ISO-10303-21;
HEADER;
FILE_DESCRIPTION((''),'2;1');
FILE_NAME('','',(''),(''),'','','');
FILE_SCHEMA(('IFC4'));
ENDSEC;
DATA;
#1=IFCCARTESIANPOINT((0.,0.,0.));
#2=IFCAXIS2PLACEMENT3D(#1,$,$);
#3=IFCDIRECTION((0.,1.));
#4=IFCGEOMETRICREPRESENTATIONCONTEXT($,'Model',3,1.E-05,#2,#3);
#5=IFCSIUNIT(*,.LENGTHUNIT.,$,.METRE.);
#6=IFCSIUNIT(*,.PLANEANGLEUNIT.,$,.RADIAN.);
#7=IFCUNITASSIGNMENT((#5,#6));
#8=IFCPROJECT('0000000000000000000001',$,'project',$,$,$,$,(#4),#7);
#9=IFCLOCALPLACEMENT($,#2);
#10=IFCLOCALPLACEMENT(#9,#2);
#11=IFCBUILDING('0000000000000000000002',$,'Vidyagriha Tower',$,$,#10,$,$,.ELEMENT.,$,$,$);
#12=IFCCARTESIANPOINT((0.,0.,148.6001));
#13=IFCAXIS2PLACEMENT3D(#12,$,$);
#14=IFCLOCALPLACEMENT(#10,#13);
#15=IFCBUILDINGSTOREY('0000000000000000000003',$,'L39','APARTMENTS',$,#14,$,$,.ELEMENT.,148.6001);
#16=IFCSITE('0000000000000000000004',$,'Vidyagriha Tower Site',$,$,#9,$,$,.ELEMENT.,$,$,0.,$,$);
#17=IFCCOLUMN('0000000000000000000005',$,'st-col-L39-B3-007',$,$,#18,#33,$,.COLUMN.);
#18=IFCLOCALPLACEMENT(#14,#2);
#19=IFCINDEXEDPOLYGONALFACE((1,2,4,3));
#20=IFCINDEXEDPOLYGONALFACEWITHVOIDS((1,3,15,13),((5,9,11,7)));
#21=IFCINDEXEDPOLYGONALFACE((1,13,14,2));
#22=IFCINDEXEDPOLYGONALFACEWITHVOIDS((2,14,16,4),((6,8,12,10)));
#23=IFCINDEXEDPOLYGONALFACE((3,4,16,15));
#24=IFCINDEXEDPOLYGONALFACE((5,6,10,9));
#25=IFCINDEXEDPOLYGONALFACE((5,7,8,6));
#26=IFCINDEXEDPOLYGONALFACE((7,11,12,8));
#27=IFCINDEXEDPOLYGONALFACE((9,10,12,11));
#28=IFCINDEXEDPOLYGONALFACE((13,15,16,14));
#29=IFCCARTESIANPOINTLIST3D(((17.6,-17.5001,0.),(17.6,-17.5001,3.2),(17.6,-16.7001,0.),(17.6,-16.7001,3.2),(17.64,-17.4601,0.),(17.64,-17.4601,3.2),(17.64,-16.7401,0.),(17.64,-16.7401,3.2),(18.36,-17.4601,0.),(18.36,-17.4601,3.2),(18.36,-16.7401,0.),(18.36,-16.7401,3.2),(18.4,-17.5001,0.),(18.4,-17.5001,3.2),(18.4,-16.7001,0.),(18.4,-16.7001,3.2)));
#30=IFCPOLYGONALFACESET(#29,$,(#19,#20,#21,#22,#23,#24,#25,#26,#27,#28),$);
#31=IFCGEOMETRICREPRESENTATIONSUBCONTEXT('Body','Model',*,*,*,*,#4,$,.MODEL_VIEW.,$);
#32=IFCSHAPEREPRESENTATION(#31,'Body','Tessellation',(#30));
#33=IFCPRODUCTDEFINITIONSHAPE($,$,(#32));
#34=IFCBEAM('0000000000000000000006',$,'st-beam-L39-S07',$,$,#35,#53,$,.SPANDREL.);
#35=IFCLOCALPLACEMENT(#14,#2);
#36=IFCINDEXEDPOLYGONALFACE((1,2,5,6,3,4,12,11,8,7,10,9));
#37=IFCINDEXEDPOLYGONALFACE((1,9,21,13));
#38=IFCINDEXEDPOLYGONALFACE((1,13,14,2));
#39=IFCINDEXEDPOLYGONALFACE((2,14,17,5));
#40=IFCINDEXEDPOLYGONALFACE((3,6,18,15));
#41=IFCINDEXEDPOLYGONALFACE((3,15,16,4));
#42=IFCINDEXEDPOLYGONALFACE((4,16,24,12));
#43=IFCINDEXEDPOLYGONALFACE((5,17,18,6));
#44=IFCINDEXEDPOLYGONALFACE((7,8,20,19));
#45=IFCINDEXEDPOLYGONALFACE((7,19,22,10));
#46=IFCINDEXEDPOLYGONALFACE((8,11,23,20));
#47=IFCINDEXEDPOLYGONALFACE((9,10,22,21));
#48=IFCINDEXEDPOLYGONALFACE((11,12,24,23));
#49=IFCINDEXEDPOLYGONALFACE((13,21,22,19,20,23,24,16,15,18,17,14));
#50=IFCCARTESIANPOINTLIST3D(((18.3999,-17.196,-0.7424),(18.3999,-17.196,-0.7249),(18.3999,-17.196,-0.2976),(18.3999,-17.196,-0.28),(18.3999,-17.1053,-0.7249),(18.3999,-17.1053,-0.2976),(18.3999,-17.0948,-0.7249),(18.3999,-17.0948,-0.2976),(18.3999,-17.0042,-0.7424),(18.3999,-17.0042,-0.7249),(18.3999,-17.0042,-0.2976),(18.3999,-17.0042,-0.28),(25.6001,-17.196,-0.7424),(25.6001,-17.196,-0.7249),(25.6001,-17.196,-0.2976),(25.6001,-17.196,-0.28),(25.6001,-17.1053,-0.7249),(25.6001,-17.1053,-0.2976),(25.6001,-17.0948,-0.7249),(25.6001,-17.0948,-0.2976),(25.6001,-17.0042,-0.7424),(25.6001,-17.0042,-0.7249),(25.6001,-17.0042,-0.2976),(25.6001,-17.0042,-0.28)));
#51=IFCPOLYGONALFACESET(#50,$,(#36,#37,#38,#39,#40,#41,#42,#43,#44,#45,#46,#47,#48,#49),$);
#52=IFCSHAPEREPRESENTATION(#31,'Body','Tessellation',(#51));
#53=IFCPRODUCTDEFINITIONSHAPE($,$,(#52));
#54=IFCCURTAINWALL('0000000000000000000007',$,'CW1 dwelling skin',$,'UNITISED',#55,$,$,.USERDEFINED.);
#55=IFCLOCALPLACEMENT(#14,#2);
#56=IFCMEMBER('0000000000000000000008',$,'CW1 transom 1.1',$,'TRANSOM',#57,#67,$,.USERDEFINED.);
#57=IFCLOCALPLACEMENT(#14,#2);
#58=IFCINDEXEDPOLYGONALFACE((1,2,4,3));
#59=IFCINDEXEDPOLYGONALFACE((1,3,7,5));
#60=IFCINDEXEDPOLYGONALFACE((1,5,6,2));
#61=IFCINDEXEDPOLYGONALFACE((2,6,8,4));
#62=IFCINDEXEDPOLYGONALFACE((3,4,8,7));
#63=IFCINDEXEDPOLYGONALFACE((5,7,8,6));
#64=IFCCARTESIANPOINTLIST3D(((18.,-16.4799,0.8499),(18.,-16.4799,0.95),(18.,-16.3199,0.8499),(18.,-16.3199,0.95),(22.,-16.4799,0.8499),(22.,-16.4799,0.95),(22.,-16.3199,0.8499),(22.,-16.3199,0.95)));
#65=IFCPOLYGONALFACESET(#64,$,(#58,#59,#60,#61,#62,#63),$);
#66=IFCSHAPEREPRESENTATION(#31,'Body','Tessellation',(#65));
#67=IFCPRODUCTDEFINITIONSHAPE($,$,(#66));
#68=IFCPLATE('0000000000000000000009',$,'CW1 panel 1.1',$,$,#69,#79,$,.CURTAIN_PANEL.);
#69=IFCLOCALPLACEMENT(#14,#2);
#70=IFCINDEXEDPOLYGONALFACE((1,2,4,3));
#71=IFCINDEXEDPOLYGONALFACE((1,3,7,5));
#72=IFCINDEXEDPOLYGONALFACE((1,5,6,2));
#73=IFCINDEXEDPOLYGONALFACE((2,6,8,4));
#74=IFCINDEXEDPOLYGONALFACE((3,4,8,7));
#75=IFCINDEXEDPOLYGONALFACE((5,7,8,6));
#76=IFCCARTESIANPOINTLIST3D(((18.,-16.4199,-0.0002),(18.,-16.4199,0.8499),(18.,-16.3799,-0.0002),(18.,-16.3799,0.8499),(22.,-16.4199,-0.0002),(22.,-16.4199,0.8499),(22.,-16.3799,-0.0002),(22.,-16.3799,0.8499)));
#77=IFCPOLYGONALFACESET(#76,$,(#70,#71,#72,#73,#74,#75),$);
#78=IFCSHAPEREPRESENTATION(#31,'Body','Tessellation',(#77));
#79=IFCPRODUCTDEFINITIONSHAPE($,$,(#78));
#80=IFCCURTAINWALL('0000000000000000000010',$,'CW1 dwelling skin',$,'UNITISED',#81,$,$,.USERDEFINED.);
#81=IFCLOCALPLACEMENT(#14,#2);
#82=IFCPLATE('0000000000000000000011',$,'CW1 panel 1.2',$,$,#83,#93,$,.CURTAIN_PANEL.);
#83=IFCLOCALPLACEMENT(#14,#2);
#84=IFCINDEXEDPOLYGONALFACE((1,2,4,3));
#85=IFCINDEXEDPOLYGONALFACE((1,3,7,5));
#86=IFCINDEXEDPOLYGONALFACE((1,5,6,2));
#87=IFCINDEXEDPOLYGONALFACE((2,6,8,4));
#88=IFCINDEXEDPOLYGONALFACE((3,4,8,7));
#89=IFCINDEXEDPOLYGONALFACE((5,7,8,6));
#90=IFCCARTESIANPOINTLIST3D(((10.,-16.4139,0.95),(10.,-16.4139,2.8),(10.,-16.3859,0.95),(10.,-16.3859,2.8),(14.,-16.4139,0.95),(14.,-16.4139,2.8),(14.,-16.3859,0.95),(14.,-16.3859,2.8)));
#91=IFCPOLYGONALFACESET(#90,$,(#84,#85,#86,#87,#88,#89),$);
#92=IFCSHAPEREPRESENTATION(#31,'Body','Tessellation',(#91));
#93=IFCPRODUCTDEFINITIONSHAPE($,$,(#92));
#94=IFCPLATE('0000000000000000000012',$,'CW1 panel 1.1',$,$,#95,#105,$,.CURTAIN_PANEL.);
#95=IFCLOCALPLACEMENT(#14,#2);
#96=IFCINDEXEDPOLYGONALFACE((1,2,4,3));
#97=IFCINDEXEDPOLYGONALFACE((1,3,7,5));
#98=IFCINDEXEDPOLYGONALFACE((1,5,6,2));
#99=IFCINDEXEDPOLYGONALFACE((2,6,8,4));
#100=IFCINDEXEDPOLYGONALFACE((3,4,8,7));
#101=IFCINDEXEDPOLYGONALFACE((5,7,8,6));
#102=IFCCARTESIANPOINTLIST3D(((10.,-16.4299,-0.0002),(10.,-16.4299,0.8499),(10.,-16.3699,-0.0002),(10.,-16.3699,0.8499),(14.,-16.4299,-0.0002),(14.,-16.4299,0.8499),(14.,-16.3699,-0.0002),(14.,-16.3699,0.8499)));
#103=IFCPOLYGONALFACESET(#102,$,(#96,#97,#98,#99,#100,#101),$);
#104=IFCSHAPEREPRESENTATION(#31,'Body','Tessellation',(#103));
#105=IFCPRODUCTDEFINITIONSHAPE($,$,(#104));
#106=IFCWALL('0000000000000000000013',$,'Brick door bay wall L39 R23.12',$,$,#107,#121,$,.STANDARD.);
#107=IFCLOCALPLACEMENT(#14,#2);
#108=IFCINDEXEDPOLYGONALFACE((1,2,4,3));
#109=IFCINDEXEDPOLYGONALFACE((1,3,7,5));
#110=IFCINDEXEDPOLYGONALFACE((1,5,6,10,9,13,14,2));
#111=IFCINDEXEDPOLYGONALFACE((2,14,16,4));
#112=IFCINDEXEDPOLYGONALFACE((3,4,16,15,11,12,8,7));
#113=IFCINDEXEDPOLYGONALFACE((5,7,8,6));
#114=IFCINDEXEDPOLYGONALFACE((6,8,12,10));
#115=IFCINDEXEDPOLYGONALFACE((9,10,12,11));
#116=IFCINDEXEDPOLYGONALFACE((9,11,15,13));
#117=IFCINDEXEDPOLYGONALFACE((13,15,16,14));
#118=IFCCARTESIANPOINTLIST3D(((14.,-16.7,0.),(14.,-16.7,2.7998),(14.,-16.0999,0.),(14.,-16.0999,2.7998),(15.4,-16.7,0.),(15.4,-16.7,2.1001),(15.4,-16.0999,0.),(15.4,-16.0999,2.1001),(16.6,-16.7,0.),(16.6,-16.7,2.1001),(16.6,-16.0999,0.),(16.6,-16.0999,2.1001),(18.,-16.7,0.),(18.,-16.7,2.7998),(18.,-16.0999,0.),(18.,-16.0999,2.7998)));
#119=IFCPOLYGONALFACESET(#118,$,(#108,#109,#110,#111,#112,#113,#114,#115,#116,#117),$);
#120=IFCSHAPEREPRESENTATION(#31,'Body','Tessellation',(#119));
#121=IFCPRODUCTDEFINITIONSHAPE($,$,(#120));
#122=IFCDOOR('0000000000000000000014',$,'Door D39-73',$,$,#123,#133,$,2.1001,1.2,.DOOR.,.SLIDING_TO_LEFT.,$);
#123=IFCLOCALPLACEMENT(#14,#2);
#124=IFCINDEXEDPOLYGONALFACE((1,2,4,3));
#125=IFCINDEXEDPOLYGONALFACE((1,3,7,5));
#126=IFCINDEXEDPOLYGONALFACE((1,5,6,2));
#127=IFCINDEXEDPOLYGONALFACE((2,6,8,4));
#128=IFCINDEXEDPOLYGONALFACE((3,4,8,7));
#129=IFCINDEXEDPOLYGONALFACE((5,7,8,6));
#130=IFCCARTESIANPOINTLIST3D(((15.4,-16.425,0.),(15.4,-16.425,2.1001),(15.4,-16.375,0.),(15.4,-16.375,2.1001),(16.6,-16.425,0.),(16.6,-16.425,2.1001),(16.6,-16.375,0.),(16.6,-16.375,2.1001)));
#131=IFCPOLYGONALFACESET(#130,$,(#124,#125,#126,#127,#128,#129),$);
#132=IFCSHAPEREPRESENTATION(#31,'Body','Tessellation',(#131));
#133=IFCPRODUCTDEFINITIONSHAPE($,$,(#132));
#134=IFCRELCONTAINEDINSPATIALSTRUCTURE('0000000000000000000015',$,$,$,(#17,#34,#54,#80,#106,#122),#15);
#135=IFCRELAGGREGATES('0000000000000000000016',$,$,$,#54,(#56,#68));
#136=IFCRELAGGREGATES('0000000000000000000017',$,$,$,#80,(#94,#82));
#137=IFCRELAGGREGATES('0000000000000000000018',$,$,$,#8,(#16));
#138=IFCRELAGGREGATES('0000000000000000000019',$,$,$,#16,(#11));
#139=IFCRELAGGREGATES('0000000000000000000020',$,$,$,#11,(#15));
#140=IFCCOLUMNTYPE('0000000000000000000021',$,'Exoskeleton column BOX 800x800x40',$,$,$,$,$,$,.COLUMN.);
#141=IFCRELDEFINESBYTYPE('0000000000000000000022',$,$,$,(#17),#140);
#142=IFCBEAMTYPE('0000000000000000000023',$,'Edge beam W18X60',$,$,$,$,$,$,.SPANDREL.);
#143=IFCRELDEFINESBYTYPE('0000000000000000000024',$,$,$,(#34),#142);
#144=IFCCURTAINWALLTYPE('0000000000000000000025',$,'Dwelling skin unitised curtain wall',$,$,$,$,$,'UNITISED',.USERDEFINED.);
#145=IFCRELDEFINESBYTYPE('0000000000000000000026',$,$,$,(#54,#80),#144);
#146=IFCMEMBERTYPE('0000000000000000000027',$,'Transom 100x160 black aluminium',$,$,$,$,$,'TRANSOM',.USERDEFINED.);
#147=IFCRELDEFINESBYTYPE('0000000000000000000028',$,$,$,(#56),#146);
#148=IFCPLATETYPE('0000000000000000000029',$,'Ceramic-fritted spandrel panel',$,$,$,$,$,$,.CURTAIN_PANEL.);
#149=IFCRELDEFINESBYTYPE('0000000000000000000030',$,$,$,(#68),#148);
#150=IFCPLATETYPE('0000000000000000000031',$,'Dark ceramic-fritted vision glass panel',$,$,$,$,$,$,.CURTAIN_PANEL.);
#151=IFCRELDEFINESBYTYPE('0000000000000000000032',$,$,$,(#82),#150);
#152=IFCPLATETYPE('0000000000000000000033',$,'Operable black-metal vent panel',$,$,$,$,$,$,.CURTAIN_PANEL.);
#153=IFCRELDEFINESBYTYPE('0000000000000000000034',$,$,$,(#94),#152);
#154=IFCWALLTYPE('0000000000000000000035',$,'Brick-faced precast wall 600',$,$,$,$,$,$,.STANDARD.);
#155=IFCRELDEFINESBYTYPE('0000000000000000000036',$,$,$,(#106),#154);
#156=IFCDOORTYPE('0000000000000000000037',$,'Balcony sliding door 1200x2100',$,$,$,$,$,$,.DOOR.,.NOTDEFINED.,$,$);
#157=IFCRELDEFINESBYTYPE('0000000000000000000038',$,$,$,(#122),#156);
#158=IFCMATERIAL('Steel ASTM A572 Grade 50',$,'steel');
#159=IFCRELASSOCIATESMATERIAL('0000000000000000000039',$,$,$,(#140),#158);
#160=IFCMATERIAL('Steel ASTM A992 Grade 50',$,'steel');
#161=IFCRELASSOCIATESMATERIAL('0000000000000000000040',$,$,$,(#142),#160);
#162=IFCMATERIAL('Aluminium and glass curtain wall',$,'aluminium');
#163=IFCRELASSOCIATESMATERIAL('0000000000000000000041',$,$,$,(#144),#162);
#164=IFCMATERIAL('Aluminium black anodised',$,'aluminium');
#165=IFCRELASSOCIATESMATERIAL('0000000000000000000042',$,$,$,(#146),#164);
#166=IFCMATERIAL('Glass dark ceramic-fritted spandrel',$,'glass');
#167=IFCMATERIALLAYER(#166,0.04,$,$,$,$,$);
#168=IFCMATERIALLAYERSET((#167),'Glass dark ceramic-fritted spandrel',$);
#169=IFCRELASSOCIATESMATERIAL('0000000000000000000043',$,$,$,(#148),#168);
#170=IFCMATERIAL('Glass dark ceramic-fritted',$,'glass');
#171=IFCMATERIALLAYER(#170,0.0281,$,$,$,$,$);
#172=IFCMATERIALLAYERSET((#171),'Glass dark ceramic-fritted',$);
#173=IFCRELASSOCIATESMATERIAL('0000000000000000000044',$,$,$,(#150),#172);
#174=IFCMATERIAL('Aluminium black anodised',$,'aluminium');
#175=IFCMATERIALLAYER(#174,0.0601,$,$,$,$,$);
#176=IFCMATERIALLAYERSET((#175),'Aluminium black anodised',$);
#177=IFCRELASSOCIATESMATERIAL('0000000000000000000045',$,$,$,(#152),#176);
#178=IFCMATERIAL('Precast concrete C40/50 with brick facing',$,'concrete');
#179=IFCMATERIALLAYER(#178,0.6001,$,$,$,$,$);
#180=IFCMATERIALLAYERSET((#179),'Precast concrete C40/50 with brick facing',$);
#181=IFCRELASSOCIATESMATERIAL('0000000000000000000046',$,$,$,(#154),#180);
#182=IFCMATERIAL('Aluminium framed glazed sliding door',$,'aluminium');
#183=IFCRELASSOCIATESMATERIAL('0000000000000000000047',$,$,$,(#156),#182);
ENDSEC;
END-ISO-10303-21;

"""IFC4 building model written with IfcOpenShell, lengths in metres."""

from ifc_helpers import new_model, si_unit, direction, frame, frame_2d, origin, origin_2d, place, context, subcontext, project, spatial, rectangle, hollow_rectangle, i_section, extrude, material, layer, layer_set, material_profile, profile_set, type_object, element, fill, aggregate, save


model = new_model("IFC4")

# Units and contexts
model_context = context("Model", 3, precision=1e-05, world=origin(), true_north=direction((0.0, 1.0)))
body_context = subcontext(model_context, "Body", "Model", "MODEL_VIEW")
ifc_project = project(units=[si_unit("LENGTHUNIT", "METRE"), si_unit("PLANEANGLEUNIT", "RADIAN")], contexts=[model_context])

# Site, building, storey
site_placement = place(None, origin())
site = spatial("IfcSite", under=ifc_project, at=site_placement, Name="Vidyagriha Tower Site", CompositionType="ELEMENT", RefElevation=0.0)
building_placement = place(site_placement, origin())
building = spatial("IfcBuilding", under=site, at=building_placement, Name="Vidyagriha Tower", CompositionType="ELEMENT")
storey_placement = place(building_placement, frame((0.0, 0.0, 148.6001)))
storey = spatial("IfcBuildingStorey", under=building, at=storey_placement, Name="L39", Description="APARTMENTS", CompositionType="ELEMENT", Elevation=148.6001)

# Column
ifc_material_1 = material(Name="Steel ASTM A572 Grade 50", Category="steel")
ifc_material_profile_1 = material_profile(ifc_material_1, hollow_rectangle(XDim=0.8, YDim=0.8, WallThickness=0.04, at=origin_2d()), Name="BOX 800x800x40")
ifc_profile_set_1 = profile_set([ifc_material_profile_1], Name="Steel ASTM A572 Grade 50")
column_type = type_object("IfcColumnType", Name="Exoskeleton column BOX 800x800x40", PredefinedType="COLUMN", material=ifc_profile_set_1)
column_placement = place(storey_placement, frame((18.0, -17.1001, 0.0)))
element("IfcColumn", 1, at=column_placement, inside=storey, type_object=column_type, Name="st-col-L39-B3-007", PredefinedType="COLUMN", context=body_context, shape_type="SweptSolid", body=[
    extrude(hollow_rectangle(XDim=0.8, YDim=0.8, WallThickness=0.04, at=origin_2d()), origin(), (0.0, 0.0, 1.0), 3.2),
])

# Beam
ifc_material_2 = material(Name="Steel ASTM A992 Grade 50", Category="steel")
ifc_material_profile_2 = material_profile(ifc_material_2, i_section(OverallWidth=0.1919, OverallDepth=0.4624, WebThickness=0.0105, FlangeThickness=0.0176, at=origin_2d()), Name="W18X60")
ifc_profile_set_2 = profile_set([ifc_material_profile_2], Name="Steel ASTM A992 Grade 50")
beam_type = type_object("IfcBeamType", Name="Edge beam W18X60", PredefinedType="SPANDREL", material=ifc_profile_set_2)
beam_placement = place(storey_placement, frame((18.3999, -17.1001, -0.5112), z_axis=(1.0, 0.0, 0.0), x_axis=(0.0, 1.0, 0.0)))
element("IfcBeam", 2, at=beam_placement, inside=storey, type_object=beam_type, Name="st-beam-L39-S07", PredefinedType="SPANDREL", context=body_context, shape_type="SweptSolid", body=[
    extrude(i_section(OverallWidth=0.1919, OverallDepth=0.4624, WebThickness=0.0105, FlangeThickness=0.0176, at=origin_2d()), origin(), (0.0, 0.0, 1.0), 7.2002),
])

# Curtain wall, member, plate
ifc_material_3 = material(Name="Aluminium and glass curtain wall", Category="aluminium")
curtain_wall_type = type_object("IfcCurtainWallType", Name="Dwelling skin unitised curtain wall", ElementType="UNITISED", PredefinedType="USERDEFINED", material=ifc_material_3)
curtain_wall_1_placement = place(storey_placement, origin())
curtain_wall_1 = element("IfcCurtainWall", 3, at=curtain_wall_1_placement, inside=storey, type_object=curtain_wall_type, Name="CW1 dwelling skin", ObjectType="UNITISED", PredefinedType="USERDEFINED")
ifc_material_4 = material(Name="Aluminium black anodised", Category="aluminium")
ifc_material_profile_3 = material_profile(ifc_material_4, rectangle(XDim=0.1599, YDim=0.1001, at=origin_2d()), Name="Transom 100x160 black aluminium")
ifc_profile_set_3 = profile_set([ifc_material_profile_3], Name="Aluminium black anodised")
member_type = type_object("IfcMemberType", Name="Transom 100x160 black aluminium", ElementType="TRANSOM", PredefinedType="USERDEFINED", material=ifc_profile_set_3)
member_placement = place(storey_placement, frame((18.0, -16.3999, 0.8999), z_axis=(1.0, 0.0, 0.0), x_axis=(0.0, 1.0, 0.0)))
member = element("IfcMember", 4, at=member_placement, type_object=member_type, Name="CW1 transom 1.1", ObjectType="TRANSOM", PredefinedType="USERDEFINED", context=body_context, shape_type="SweptSolid", body=[
    extrude(rectangle(XDim=0.1599, YDim=0.1001, at=origin_2d()), origin(), (0.0, 0.0, 1.0), 4.0),
])
ifc_material_5 = material(Name="Glass dark ceramic-fritted spandrel", Category="glass")
ifc_layer_1 = layer(ifc_material_5, 0.04)
ifc_layer_set_1 = layer_set([ifc_layer_1], Name="Glass dark ceramic-fritted spandrel")
plate_type_1 = type_object("IfcPlateType", Name="Ceramic-fritted spandrel panel", PredefinedType="CURTAIN_PANEL", material=ifc_layer_set_1)
plate_1_placement = place(storey_placement, frame((20.0, -16.3999, -0.0002)))
plate_1 = element("IfcPlate", 5, at=plate_1_placement, type_object=plate_type_1, Name="CW1 panel 1.1", PredefinedType="CURTAIN_PANEL", context=body_context, shape_type="SweptSolid", body=[
    extrude(rectangle(XDim=4.0, YDim=0.04, at=origin_2d()), origin(), (0.0, 0.0, 1.0), 0.8501),
])
aggregate(curtain_wall_1, [member, plate_1])

# Curtain wall, plates
curtain_wall_2_placement = place(storey_placement, origin())
curtain_wall_2 = element("IfcCurtainWall", 6, at=curtain_wall_2_placement, inside=storey, type_object=curtain_wall_type, Name="CW1 dwelling skin", ObjectType="UNITISED", PredefinedType="USERDEFINED")
ifc_material_6 = material(Name="Glass dark ceramic-fritted", Category="glass")
ifc_layer_2 = layer(ifc_material_6, 0.0281)
ifc_layer_set_2 = layer_set([ifc_layer_2], Name="Glass dark ceramic-fritted")
plate_type_2 = type_object("IfcPlateType", Name="Dark ceramic-fritted vision glass panel", PredefinedType="CURTAIN_PANEL", material=ifc_layer_set_2)
plate_2_placement = place(storey_placement, frame((12.0, -16.3999, 0.95)))
plate_2 = element("IfcPlate", 7, at=plate_2_placement, type_object=plate_type_2, Name="CW1 panel 1.2", PredefinedType="CURTAIN_PANEL", context=body_context, shape_type="SweptSolid", body=[
    extrude(rectangle(XDim=4.0, YDim=0.0281, at=origin_2d()), origin(), (0.0, 0.0, 1.0), 1.8501),
])
ifc_material_7 = material(Name="Aluminium black anodised", Category="aluminium")
ifc_layer_3 = layer(ifc_material_7, 0.0601)
ifc_layer_set_3 = layer_set([ifc_layer_3], Name="Aluminium black anodised")
plate_type_3 = type_object("IfcPlateType", Name="Operable black-metal vent panel", PredefinedType="CURTAIN_PANEL", material=ifc_layer_set_3)
plate_3_placement = place(storey_placement, frame((12.0, -16.3999, -0.0002)))
plate_3 = element("IfcPlate", 8, at=plate_3_placement, type_object=plate_type_3, Name="CW1 panel 1.1", PredefinedType="CURTAIN_PANEL", context=body_context, shape_type="SweptSolid", body=[
    extrude(rectangle(XDim=4.0, YDim=0.0601, at=origin_2d()), origin(), (0.0, 0.0, 1.0), 0.8501),
])
aggregate(curtain_wall_2, [plate_3, plate_2])

# Wall, opening, door
ifc_material_8 = material(Name="Precast concrete C40/50 with brick facing", Category="concrete")
ifc_layer_4 = layer(ifc_material_8, 0.6001)
ifc_layer_set_4 = layer_set([ifc_layer_4], Name="Precast concrete C40/50 with brick facing")
wall_type = type_object("IfcWallType", Name="Brick-faced precast wall 600", PredefinedType="STANDARD", material=ifc_layer_set_4)
wall_placement = place(storey_placement, frame((14.0, -16.3999, 0.0)))
wall = element("IfcWall", 9, at=wall_placement, inside=storey, type_object=wall_type, Name="Brick door bay wall L39 R23.12", PredefinedType="STANDARD", context=body_context, shape_type="SweptSolid", body=[
    extrude(rectangle(XDim=4.0, YDim=0.6001, at=frame_2d((2.0, 0.0))), origin(), (0.0, 0.0, 1.0), 2.7998),
])
opening_placement = place(wall_placement, frame((1.3999, 0.0, 0.0)))
opening = element("IfcOpeningElement", 10, at=opening_placement, cuts=wall, PredefinedType="OPENING", context=body_context, shape_type="SweptSolid", body=[
    extrude(rectangle(XDim=1.2, YDim=2.1001, at=frame_2d((0.6001, 1.05))), frame((0.0, 0.3101, 0.0), z_axis=(0.0, -1.0, 0.0), x_axis=(1.0, 0.0, 0.0)), (0.0, 0.0, 1.0), 0.6201),
])
ifc_material_9 = material(Name="Aluminium framed glazed sliding door", Category="aluminium")
door_type = type_object("IfcDoorType", Name="Balcony sliding door 1200x2100", OperationType="NOTDEFINED", PredefinedType="DOOR", material=ifc_material_9)
door_placement = place(opening_placement, origin())
door = element("IfcDoor", 11, at=door_placement, inside=storey, type_object=door_type, Name="Door D39-73", OperationType="SLIDING_TO_LEFT", OverallHeight=2.1001, OverallWidth=1.2, PredefinedType="DOOR", context=body_context, shape_type="SweptSolid", body=[
    extrude(rectangle(XDim=1.2, YDim=2.1001, at=frame_2d((0.6001, 1.05))), frame((0.0, 0.0249, 0.0), z_axis=(0.0, -1.0, 0.0), x_axis=(1.0, 0.0, 0.0)), (0.0, 0.0, 1.0), 0.05),
])
fill(opening, door)

save(model, "model.ifc")
